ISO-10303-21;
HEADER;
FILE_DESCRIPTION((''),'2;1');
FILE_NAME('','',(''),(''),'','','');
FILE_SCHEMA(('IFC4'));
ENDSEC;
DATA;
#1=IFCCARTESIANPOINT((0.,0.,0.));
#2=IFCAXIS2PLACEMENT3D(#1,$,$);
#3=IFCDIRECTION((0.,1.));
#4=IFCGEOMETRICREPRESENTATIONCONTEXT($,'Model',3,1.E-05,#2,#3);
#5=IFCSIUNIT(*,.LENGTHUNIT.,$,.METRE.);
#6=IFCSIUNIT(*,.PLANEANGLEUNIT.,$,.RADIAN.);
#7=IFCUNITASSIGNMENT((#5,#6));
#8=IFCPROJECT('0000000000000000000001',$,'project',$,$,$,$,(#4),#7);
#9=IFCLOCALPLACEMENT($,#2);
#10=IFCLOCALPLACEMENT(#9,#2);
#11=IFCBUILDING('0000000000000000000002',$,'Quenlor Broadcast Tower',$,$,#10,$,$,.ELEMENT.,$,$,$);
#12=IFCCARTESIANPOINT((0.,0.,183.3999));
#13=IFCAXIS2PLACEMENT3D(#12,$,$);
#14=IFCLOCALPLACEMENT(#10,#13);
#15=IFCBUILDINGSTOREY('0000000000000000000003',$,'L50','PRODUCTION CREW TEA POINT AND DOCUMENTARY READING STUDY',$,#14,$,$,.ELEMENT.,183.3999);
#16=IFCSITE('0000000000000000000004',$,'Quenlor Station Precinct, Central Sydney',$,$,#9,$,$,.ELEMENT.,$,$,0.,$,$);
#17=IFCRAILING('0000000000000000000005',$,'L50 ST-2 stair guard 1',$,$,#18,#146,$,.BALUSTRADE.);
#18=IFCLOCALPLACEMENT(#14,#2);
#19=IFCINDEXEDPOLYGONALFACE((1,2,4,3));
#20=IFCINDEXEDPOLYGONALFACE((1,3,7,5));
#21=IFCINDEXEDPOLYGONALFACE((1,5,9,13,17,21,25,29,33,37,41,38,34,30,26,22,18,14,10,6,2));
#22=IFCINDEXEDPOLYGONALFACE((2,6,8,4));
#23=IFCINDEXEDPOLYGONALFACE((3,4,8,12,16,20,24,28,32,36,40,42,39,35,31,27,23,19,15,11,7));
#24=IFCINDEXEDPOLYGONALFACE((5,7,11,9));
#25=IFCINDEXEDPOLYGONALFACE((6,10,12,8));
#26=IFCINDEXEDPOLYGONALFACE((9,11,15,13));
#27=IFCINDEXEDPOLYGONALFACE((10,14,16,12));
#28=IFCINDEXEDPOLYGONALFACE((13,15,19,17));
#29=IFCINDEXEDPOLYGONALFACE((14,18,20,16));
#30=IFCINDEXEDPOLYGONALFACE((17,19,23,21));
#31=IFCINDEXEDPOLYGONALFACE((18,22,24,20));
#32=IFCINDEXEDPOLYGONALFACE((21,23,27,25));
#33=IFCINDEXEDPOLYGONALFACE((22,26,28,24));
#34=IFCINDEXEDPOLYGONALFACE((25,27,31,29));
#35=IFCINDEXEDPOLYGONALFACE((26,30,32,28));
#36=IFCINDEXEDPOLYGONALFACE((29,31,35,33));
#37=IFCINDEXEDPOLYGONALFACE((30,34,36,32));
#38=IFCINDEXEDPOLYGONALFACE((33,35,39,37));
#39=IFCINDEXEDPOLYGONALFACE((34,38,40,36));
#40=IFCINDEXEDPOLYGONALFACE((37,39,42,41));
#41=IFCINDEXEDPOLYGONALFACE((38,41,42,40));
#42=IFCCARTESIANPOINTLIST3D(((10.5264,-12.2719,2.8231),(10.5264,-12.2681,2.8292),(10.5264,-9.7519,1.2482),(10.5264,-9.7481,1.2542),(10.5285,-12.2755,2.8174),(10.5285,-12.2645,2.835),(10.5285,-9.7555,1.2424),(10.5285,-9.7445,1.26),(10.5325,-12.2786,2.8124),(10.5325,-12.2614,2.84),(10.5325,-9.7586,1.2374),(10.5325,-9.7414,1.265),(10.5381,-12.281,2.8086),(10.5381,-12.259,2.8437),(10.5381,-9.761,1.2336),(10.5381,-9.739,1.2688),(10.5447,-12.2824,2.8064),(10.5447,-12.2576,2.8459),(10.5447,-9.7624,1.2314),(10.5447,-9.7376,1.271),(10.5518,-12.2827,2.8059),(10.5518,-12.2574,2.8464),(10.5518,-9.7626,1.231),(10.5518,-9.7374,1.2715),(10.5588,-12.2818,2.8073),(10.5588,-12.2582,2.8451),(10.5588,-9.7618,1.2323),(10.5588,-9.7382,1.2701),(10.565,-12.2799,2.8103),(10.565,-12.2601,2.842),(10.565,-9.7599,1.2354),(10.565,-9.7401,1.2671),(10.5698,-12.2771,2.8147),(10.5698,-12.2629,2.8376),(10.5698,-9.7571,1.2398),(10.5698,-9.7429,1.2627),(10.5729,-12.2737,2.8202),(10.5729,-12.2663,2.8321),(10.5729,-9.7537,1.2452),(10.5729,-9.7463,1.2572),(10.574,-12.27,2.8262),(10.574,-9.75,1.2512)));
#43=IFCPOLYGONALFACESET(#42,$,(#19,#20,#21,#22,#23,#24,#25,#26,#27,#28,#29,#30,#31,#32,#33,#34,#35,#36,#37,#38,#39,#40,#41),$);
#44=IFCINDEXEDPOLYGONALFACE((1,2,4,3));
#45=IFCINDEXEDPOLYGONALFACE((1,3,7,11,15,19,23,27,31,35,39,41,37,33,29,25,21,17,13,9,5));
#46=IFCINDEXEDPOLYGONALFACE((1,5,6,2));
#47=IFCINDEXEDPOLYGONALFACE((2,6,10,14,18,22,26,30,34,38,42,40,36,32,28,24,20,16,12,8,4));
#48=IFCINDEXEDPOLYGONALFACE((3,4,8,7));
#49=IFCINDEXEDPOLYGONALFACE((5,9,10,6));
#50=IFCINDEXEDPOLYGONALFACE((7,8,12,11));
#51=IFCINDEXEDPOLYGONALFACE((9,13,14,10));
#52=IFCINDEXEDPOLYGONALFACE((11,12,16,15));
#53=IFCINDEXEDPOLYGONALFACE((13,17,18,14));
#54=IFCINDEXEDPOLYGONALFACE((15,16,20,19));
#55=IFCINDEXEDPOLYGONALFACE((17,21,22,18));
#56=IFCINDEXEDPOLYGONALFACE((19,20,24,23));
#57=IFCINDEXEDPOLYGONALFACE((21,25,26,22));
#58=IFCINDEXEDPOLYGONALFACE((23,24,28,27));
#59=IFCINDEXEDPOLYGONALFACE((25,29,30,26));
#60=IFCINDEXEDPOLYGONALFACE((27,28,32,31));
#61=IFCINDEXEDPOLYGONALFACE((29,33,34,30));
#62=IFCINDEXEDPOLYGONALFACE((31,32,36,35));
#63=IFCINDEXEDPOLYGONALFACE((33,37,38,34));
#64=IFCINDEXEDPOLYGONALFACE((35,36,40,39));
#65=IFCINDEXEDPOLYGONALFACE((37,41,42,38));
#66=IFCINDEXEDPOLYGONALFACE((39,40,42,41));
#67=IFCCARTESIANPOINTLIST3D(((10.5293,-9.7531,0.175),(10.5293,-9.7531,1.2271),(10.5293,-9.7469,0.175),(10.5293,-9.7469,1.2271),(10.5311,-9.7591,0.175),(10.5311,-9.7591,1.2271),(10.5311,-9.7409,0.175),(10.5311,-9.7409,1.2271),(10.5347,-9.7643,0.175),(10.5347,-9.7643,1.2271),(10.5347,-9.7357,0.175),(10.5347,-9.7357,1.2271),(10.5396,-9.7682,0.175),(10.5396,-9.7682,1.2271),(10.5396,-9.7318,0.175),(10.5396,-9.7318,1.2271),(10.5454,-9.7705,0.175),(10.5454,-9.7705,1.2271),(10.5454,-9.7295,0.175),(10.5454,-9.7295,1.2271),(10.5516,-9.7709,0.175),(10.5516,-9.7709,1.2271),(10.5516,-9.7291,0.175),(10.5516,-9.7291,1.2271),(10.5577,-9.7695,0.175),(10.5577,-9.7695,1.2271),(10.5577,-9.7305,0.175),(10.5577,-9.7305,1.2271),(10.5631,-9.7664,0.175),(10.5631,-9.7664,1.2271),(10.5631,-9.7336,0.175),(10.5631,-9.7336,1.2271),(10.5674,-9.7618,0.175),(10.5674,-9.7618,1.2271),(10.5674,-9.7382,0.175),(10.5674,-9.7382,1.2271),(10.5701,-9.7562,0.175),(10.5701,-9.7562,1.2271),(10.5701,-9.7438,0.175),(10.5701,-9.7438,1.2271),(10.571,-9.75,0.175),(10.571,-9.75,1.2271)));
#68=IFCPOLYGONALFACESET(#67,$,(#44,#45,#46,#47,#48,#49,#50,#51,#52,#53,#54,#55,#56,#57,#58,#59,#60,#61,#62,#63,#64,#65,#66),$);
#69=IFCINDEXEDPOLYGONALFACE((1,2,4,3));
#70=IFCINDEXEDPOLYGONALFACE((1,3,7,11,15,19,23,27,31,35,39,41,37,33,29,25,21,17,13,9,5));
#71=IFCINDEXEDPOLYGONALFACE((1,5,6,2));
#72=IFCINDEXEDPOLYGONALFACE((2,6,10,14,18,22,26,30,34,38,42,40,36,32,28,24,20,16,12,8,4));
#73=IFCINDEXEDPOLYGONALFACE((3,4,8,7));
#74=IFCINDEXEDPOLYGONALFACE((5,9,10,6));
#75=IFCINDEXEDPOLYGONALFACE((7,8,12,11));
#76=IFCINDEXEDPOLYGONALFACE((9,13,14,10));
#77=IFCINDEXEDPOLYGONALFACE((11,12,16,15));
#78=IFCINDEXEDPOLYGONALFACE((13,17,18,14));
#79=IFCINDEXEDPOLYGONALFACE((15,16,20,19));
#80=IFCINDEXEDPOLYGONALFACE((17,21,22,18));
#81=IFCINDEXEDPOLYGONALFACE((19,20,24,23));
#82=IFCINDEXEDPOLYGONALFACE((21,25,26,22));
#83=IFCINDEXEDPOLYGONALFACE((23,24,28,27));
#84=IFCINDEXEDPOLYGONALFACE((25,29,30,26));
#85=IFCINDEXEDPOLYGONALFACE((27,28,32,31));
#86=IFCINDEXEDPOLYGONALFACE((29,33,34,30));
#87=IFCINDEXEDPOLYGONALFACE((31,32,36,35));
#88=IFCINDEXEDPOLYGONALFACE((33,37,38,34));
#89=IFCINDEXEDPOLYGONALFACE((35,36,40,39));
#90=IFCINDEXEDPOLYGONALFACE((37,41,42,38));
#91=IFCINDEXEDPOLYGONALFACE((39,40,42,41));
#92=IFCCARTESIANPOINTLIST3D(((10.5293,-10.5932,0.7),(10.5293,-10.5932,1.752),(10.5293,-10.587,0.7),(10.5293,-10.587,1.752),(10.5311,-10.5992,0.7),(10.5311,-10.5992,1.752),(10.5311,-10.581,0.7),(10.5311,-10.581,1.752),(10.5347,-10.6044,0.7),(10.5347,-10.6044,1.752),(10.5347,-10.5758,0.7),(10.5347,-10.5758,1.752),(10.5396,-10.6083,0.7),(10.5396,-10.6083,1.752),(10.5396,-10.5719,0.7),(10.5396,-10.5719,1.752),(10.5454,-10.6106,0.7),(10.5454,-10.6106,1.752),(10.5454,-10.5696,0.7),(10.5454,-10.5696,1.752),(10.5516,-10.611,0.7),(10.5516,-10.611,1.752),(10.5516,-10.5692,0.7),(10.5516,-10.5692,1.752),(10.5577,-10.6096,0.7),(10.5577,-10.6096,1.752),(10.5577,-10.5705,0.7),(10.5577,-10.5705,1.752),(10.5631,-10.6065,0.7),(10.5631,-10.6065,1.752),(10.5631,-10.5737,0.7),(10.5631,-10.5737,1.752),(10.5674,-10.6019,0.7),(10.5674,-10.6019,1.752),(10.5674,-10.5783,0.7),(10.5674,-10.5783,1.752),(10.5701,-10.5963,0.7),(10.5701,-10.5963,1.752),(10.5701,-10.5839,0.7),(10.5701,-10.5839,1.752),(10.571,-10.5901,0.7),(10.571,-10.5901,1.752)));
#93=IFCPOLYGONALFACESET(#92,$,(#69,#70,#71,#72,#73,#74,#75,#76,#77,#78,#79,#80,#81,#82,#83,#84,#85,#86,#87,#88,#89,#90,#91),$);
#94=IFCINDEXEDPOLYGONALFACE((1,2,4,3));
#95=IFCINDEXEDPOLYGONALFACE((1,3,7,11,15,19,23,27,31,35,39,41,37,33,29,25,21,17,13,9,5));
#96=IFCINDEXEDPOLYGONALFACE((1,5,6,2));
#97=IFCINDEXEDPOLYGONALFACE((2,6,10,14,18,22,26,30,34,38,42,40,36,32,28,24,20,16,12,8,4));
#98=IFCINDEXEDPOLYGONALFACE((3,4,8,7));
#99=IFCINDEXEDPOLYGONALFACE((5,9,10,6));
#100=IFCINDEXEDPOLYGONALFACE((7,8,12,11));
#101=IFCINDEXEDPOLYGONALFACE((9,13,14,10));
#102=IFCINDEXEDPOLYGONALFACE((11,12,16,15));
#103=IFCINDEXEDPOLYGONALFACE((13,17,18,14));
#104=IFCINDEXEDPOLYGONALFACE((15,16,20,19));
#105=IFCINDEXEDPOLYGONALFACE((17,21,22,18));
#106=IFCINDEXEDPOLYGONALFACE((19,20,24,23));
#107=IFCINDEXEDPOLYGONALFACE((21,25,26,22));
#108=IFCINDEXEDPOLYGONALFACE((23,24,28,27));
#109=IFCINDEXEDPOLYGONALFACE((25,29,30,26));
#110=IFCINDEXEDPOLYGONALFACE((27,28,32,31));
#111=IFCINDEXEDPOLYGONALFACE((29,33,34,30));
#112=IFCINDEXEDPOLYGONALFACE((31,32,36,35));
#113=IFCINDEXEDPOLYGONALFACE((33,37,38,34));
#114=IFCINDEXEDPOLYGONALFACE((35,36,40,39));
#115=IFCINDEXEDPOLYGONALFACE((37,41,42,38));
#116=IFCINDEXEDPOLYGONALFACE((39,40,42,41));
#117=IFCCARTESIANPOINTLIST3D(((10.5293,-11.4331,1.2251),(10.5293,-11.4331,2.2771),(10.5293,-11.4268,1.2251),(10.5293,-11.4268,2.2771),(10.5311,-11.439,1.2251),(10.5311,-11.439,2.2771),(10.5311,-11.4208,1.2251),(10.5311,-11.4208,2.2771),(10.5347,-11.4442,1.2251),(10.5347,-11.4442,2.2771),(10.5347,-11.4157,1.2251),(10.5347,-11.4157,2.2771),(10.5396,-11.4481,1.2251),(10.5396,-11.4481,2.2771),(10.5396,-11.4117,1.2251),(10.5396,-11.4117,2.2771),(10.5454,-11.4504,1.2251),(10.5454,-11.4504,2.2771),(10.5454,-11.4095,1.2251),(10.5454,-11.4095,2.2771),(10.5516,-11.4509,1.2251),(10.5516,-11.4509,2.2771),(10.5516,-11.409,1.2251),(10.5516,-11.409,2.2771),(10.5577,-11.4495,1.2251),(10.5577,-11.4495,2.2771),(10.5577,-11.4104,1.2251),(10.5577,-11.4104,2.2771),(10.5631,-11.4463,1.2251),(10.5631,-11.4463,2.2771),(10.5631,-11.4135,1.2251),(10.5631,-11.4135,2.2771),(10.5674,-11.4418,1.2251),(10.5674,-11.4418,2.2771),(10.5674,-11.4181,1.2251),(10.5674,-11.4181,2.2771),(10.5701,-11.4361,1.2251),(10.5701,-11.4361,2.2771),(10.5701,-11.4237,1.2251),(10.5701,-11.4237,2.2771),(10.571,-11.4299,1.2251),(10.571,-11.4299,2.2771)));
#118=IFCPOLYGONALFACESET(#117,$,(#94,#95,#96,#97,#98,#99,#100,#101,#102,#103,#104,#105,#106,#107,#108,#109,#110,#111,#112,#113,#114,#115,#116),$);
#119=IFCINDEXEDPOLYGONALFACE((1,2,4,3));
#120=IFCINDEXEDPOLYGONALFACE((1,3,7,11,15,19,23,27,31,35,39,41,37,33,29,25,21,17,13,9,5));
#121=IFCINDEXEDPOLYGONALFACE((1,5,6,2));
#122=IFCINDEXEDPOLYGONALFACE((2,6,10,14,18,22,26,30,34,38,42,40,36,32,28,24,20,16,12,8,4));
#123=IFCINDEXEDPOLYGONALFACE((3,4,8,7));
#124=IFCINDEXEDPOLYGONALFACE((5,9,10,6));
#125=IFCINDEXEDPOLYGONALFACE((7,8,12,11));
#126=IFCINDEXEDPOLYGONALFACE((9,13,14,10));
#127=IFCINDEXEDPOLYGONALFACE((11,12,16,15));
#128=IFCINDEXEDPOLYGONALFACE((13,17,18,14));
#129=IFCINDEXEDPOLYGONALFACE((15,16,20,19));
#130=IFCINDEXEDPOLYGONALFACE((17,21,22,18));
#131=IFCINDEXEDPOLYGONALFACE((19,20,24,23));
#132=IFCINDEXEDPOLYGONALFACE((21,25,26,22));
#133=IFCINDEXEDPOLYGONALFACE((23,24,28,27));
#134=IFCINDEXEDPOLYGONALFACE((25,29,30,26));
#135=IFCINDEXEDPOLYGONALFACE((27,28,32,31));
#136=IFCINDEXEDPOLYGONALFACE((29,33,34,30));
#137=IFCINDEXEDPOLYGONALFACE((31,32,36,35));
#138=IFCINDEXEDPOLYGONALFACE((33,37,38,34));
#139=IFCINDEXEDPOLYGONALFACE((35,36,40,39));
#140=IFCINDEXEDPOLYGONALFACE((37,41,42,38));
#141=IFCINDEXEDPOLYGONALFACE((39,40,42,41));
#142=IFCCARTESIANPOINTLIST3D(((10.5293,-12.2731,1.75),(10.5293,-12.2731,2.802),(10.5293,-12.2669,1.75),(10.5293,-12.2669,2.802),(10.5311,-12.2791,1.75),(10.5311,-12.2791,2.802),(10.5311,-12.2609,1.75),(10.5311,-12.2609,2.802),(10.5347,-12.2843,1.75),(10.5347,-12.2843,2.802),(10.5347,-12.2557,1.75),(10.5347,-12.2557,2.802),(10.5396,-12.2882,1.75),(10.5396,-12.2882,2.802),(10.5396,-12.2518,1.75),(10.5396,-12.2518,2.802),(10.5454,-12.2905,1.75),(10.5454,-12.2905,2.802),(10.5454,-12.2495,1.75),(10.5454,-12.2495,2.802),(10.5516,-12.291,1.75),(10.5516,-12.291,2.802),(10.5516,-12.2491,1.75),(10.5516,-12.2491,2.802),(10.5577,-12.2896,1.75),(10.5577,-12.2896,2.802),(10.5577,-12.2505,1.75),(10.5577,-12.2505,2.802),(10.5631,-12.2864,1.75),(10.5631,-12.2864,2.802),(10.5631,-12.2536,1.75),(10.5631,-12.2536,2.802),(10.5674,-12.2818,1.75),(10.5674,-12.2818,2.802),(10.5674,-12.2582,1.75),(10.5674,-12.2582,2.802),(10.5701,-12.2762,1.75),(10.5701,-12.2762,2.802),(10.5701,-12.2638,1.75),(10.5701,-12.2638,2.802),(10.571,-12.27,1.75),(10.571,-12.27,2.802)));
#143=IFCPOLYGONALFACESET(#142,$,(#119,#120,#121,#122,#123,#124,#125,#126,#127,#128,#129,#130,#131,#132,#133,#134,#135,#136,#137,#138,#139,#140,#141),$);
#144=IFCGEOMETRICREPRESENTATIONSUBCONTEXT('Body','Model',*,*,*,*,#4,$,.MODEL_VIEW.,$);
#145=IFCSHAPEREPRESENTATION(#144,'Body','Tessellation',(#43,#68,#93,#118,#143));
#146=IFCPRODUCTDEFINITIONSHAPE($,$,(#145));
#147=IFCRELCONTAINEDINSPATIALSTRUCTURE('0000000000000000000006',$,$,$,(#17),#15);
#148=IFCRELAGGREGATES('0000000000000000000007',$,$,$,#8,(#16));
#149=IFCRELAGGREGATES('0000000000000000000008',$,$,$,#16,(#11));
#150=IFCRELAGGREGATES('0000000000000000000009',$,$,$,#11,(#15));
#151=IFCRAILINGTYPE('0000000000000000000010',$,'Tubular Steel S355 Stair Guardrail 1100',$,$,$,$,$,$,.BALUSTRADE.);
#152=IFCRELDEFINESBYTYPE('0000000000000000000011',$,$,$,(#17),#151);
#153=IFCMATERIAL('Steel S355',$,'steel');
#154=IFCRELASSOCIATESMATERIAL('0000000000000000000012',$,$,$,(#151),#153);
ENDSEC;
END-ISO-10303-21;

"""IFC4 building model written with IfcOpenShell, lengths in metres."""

from ifc_helpers import new_model, si_unit, direction, frame, origin, origin_2d, place, context, subcontext, project, spatial, circle, extrude, material, type_object, element, save


model = new_model("IFC4")

# Units and contexts
model_context = context("Model", 3, precision=1e-05, world=origin(), true_north=direction((0.0, 1.0)))
body_context = subcontext(model_context, "Body", "Model", "MODEL_VIEW")
ifc_project = project(units=[si_unit("LENGTHUNIT", "METRE"), si_unit("PLANEANGLEUNIT", "RADIAN")], contexts=[model_context])

# Site, building, storey
site_placement = place(None, origin())
site = spatial("IfcSite", under=ifc_project, at=site_placement, Name="Quenlor Station Precinct, Central Sydney", CompositionType="ELEMENT", RefElevation=0.0)
building_placement = place(site_placement, origin())
building = spatial("IfcBuilding", under=site, at=building_placement, Name="Quenlor Broadcast Tower", CompositionType="ELEMENT")
storey_placement = place(building_placement, frame((0.0, 0.0, 183.3999)))
storey = spatial("IfcBuildingStorey", under=building, at=storey_placement, Name="L50", Description="PRODUCTION CREW TEA POINT AND DOCUMENTARY READING STUDY", CompositionType="ELEMENT", Elevation=183.3999)

# Railing
ifc_material_1 = material(Name="Steel S355", Category="steel")
railing_type_1 = type_object("IfcRailingType", Name="Tubular Steel S355 Stair Guardrail 1100", PredefinedType="BALUSTRADE", material=ifc_material_1)
railing_1_placement = place(storey_placement, frame((10.55, -9.75, 0.175)))
element("IfcRailing", 1, at=railing_1_placement, inside=storey, type_object=railing_type_1, Name="L50 ST-2 stair guard 1", PredefinedType="BALUSTRADE", context=body_context, shape_type="SweptSolid", body=[
    extrude(circle(Radius=0.0239, at=origin_2d()), frame((0.0, 0.0, 1.0762), z_axis=(0.0, -0.848008, 0.529984), x_axis=(1.0, 0.0, 0.0)), (0.0, 0.0, 1.0), 2.9717),
    extrude(circle(Radius=0.021, at=origin_2d()), origin(), (0.0, 0.0, 1.0), 1.052),
    extrude(circle(Radius=0.021, at=origin_2d()), frame((0.0, -0.8401, 0.5249)), (0.0, 0.0, 1.0), 1.052),
    extrude(circle(Radius=0.021, at=origin_2d()), frame((0.0, -1.6799, 1.05)), (0.0, 0.0, 1.0), 1.052),
    extrude(circle(Radius=0.021, at=origin_2d()), frame((0.0, -2.52, 1.575)), (0.0, 0.0, 1.0), 1.052),
])

save(model, "model.ifc")
